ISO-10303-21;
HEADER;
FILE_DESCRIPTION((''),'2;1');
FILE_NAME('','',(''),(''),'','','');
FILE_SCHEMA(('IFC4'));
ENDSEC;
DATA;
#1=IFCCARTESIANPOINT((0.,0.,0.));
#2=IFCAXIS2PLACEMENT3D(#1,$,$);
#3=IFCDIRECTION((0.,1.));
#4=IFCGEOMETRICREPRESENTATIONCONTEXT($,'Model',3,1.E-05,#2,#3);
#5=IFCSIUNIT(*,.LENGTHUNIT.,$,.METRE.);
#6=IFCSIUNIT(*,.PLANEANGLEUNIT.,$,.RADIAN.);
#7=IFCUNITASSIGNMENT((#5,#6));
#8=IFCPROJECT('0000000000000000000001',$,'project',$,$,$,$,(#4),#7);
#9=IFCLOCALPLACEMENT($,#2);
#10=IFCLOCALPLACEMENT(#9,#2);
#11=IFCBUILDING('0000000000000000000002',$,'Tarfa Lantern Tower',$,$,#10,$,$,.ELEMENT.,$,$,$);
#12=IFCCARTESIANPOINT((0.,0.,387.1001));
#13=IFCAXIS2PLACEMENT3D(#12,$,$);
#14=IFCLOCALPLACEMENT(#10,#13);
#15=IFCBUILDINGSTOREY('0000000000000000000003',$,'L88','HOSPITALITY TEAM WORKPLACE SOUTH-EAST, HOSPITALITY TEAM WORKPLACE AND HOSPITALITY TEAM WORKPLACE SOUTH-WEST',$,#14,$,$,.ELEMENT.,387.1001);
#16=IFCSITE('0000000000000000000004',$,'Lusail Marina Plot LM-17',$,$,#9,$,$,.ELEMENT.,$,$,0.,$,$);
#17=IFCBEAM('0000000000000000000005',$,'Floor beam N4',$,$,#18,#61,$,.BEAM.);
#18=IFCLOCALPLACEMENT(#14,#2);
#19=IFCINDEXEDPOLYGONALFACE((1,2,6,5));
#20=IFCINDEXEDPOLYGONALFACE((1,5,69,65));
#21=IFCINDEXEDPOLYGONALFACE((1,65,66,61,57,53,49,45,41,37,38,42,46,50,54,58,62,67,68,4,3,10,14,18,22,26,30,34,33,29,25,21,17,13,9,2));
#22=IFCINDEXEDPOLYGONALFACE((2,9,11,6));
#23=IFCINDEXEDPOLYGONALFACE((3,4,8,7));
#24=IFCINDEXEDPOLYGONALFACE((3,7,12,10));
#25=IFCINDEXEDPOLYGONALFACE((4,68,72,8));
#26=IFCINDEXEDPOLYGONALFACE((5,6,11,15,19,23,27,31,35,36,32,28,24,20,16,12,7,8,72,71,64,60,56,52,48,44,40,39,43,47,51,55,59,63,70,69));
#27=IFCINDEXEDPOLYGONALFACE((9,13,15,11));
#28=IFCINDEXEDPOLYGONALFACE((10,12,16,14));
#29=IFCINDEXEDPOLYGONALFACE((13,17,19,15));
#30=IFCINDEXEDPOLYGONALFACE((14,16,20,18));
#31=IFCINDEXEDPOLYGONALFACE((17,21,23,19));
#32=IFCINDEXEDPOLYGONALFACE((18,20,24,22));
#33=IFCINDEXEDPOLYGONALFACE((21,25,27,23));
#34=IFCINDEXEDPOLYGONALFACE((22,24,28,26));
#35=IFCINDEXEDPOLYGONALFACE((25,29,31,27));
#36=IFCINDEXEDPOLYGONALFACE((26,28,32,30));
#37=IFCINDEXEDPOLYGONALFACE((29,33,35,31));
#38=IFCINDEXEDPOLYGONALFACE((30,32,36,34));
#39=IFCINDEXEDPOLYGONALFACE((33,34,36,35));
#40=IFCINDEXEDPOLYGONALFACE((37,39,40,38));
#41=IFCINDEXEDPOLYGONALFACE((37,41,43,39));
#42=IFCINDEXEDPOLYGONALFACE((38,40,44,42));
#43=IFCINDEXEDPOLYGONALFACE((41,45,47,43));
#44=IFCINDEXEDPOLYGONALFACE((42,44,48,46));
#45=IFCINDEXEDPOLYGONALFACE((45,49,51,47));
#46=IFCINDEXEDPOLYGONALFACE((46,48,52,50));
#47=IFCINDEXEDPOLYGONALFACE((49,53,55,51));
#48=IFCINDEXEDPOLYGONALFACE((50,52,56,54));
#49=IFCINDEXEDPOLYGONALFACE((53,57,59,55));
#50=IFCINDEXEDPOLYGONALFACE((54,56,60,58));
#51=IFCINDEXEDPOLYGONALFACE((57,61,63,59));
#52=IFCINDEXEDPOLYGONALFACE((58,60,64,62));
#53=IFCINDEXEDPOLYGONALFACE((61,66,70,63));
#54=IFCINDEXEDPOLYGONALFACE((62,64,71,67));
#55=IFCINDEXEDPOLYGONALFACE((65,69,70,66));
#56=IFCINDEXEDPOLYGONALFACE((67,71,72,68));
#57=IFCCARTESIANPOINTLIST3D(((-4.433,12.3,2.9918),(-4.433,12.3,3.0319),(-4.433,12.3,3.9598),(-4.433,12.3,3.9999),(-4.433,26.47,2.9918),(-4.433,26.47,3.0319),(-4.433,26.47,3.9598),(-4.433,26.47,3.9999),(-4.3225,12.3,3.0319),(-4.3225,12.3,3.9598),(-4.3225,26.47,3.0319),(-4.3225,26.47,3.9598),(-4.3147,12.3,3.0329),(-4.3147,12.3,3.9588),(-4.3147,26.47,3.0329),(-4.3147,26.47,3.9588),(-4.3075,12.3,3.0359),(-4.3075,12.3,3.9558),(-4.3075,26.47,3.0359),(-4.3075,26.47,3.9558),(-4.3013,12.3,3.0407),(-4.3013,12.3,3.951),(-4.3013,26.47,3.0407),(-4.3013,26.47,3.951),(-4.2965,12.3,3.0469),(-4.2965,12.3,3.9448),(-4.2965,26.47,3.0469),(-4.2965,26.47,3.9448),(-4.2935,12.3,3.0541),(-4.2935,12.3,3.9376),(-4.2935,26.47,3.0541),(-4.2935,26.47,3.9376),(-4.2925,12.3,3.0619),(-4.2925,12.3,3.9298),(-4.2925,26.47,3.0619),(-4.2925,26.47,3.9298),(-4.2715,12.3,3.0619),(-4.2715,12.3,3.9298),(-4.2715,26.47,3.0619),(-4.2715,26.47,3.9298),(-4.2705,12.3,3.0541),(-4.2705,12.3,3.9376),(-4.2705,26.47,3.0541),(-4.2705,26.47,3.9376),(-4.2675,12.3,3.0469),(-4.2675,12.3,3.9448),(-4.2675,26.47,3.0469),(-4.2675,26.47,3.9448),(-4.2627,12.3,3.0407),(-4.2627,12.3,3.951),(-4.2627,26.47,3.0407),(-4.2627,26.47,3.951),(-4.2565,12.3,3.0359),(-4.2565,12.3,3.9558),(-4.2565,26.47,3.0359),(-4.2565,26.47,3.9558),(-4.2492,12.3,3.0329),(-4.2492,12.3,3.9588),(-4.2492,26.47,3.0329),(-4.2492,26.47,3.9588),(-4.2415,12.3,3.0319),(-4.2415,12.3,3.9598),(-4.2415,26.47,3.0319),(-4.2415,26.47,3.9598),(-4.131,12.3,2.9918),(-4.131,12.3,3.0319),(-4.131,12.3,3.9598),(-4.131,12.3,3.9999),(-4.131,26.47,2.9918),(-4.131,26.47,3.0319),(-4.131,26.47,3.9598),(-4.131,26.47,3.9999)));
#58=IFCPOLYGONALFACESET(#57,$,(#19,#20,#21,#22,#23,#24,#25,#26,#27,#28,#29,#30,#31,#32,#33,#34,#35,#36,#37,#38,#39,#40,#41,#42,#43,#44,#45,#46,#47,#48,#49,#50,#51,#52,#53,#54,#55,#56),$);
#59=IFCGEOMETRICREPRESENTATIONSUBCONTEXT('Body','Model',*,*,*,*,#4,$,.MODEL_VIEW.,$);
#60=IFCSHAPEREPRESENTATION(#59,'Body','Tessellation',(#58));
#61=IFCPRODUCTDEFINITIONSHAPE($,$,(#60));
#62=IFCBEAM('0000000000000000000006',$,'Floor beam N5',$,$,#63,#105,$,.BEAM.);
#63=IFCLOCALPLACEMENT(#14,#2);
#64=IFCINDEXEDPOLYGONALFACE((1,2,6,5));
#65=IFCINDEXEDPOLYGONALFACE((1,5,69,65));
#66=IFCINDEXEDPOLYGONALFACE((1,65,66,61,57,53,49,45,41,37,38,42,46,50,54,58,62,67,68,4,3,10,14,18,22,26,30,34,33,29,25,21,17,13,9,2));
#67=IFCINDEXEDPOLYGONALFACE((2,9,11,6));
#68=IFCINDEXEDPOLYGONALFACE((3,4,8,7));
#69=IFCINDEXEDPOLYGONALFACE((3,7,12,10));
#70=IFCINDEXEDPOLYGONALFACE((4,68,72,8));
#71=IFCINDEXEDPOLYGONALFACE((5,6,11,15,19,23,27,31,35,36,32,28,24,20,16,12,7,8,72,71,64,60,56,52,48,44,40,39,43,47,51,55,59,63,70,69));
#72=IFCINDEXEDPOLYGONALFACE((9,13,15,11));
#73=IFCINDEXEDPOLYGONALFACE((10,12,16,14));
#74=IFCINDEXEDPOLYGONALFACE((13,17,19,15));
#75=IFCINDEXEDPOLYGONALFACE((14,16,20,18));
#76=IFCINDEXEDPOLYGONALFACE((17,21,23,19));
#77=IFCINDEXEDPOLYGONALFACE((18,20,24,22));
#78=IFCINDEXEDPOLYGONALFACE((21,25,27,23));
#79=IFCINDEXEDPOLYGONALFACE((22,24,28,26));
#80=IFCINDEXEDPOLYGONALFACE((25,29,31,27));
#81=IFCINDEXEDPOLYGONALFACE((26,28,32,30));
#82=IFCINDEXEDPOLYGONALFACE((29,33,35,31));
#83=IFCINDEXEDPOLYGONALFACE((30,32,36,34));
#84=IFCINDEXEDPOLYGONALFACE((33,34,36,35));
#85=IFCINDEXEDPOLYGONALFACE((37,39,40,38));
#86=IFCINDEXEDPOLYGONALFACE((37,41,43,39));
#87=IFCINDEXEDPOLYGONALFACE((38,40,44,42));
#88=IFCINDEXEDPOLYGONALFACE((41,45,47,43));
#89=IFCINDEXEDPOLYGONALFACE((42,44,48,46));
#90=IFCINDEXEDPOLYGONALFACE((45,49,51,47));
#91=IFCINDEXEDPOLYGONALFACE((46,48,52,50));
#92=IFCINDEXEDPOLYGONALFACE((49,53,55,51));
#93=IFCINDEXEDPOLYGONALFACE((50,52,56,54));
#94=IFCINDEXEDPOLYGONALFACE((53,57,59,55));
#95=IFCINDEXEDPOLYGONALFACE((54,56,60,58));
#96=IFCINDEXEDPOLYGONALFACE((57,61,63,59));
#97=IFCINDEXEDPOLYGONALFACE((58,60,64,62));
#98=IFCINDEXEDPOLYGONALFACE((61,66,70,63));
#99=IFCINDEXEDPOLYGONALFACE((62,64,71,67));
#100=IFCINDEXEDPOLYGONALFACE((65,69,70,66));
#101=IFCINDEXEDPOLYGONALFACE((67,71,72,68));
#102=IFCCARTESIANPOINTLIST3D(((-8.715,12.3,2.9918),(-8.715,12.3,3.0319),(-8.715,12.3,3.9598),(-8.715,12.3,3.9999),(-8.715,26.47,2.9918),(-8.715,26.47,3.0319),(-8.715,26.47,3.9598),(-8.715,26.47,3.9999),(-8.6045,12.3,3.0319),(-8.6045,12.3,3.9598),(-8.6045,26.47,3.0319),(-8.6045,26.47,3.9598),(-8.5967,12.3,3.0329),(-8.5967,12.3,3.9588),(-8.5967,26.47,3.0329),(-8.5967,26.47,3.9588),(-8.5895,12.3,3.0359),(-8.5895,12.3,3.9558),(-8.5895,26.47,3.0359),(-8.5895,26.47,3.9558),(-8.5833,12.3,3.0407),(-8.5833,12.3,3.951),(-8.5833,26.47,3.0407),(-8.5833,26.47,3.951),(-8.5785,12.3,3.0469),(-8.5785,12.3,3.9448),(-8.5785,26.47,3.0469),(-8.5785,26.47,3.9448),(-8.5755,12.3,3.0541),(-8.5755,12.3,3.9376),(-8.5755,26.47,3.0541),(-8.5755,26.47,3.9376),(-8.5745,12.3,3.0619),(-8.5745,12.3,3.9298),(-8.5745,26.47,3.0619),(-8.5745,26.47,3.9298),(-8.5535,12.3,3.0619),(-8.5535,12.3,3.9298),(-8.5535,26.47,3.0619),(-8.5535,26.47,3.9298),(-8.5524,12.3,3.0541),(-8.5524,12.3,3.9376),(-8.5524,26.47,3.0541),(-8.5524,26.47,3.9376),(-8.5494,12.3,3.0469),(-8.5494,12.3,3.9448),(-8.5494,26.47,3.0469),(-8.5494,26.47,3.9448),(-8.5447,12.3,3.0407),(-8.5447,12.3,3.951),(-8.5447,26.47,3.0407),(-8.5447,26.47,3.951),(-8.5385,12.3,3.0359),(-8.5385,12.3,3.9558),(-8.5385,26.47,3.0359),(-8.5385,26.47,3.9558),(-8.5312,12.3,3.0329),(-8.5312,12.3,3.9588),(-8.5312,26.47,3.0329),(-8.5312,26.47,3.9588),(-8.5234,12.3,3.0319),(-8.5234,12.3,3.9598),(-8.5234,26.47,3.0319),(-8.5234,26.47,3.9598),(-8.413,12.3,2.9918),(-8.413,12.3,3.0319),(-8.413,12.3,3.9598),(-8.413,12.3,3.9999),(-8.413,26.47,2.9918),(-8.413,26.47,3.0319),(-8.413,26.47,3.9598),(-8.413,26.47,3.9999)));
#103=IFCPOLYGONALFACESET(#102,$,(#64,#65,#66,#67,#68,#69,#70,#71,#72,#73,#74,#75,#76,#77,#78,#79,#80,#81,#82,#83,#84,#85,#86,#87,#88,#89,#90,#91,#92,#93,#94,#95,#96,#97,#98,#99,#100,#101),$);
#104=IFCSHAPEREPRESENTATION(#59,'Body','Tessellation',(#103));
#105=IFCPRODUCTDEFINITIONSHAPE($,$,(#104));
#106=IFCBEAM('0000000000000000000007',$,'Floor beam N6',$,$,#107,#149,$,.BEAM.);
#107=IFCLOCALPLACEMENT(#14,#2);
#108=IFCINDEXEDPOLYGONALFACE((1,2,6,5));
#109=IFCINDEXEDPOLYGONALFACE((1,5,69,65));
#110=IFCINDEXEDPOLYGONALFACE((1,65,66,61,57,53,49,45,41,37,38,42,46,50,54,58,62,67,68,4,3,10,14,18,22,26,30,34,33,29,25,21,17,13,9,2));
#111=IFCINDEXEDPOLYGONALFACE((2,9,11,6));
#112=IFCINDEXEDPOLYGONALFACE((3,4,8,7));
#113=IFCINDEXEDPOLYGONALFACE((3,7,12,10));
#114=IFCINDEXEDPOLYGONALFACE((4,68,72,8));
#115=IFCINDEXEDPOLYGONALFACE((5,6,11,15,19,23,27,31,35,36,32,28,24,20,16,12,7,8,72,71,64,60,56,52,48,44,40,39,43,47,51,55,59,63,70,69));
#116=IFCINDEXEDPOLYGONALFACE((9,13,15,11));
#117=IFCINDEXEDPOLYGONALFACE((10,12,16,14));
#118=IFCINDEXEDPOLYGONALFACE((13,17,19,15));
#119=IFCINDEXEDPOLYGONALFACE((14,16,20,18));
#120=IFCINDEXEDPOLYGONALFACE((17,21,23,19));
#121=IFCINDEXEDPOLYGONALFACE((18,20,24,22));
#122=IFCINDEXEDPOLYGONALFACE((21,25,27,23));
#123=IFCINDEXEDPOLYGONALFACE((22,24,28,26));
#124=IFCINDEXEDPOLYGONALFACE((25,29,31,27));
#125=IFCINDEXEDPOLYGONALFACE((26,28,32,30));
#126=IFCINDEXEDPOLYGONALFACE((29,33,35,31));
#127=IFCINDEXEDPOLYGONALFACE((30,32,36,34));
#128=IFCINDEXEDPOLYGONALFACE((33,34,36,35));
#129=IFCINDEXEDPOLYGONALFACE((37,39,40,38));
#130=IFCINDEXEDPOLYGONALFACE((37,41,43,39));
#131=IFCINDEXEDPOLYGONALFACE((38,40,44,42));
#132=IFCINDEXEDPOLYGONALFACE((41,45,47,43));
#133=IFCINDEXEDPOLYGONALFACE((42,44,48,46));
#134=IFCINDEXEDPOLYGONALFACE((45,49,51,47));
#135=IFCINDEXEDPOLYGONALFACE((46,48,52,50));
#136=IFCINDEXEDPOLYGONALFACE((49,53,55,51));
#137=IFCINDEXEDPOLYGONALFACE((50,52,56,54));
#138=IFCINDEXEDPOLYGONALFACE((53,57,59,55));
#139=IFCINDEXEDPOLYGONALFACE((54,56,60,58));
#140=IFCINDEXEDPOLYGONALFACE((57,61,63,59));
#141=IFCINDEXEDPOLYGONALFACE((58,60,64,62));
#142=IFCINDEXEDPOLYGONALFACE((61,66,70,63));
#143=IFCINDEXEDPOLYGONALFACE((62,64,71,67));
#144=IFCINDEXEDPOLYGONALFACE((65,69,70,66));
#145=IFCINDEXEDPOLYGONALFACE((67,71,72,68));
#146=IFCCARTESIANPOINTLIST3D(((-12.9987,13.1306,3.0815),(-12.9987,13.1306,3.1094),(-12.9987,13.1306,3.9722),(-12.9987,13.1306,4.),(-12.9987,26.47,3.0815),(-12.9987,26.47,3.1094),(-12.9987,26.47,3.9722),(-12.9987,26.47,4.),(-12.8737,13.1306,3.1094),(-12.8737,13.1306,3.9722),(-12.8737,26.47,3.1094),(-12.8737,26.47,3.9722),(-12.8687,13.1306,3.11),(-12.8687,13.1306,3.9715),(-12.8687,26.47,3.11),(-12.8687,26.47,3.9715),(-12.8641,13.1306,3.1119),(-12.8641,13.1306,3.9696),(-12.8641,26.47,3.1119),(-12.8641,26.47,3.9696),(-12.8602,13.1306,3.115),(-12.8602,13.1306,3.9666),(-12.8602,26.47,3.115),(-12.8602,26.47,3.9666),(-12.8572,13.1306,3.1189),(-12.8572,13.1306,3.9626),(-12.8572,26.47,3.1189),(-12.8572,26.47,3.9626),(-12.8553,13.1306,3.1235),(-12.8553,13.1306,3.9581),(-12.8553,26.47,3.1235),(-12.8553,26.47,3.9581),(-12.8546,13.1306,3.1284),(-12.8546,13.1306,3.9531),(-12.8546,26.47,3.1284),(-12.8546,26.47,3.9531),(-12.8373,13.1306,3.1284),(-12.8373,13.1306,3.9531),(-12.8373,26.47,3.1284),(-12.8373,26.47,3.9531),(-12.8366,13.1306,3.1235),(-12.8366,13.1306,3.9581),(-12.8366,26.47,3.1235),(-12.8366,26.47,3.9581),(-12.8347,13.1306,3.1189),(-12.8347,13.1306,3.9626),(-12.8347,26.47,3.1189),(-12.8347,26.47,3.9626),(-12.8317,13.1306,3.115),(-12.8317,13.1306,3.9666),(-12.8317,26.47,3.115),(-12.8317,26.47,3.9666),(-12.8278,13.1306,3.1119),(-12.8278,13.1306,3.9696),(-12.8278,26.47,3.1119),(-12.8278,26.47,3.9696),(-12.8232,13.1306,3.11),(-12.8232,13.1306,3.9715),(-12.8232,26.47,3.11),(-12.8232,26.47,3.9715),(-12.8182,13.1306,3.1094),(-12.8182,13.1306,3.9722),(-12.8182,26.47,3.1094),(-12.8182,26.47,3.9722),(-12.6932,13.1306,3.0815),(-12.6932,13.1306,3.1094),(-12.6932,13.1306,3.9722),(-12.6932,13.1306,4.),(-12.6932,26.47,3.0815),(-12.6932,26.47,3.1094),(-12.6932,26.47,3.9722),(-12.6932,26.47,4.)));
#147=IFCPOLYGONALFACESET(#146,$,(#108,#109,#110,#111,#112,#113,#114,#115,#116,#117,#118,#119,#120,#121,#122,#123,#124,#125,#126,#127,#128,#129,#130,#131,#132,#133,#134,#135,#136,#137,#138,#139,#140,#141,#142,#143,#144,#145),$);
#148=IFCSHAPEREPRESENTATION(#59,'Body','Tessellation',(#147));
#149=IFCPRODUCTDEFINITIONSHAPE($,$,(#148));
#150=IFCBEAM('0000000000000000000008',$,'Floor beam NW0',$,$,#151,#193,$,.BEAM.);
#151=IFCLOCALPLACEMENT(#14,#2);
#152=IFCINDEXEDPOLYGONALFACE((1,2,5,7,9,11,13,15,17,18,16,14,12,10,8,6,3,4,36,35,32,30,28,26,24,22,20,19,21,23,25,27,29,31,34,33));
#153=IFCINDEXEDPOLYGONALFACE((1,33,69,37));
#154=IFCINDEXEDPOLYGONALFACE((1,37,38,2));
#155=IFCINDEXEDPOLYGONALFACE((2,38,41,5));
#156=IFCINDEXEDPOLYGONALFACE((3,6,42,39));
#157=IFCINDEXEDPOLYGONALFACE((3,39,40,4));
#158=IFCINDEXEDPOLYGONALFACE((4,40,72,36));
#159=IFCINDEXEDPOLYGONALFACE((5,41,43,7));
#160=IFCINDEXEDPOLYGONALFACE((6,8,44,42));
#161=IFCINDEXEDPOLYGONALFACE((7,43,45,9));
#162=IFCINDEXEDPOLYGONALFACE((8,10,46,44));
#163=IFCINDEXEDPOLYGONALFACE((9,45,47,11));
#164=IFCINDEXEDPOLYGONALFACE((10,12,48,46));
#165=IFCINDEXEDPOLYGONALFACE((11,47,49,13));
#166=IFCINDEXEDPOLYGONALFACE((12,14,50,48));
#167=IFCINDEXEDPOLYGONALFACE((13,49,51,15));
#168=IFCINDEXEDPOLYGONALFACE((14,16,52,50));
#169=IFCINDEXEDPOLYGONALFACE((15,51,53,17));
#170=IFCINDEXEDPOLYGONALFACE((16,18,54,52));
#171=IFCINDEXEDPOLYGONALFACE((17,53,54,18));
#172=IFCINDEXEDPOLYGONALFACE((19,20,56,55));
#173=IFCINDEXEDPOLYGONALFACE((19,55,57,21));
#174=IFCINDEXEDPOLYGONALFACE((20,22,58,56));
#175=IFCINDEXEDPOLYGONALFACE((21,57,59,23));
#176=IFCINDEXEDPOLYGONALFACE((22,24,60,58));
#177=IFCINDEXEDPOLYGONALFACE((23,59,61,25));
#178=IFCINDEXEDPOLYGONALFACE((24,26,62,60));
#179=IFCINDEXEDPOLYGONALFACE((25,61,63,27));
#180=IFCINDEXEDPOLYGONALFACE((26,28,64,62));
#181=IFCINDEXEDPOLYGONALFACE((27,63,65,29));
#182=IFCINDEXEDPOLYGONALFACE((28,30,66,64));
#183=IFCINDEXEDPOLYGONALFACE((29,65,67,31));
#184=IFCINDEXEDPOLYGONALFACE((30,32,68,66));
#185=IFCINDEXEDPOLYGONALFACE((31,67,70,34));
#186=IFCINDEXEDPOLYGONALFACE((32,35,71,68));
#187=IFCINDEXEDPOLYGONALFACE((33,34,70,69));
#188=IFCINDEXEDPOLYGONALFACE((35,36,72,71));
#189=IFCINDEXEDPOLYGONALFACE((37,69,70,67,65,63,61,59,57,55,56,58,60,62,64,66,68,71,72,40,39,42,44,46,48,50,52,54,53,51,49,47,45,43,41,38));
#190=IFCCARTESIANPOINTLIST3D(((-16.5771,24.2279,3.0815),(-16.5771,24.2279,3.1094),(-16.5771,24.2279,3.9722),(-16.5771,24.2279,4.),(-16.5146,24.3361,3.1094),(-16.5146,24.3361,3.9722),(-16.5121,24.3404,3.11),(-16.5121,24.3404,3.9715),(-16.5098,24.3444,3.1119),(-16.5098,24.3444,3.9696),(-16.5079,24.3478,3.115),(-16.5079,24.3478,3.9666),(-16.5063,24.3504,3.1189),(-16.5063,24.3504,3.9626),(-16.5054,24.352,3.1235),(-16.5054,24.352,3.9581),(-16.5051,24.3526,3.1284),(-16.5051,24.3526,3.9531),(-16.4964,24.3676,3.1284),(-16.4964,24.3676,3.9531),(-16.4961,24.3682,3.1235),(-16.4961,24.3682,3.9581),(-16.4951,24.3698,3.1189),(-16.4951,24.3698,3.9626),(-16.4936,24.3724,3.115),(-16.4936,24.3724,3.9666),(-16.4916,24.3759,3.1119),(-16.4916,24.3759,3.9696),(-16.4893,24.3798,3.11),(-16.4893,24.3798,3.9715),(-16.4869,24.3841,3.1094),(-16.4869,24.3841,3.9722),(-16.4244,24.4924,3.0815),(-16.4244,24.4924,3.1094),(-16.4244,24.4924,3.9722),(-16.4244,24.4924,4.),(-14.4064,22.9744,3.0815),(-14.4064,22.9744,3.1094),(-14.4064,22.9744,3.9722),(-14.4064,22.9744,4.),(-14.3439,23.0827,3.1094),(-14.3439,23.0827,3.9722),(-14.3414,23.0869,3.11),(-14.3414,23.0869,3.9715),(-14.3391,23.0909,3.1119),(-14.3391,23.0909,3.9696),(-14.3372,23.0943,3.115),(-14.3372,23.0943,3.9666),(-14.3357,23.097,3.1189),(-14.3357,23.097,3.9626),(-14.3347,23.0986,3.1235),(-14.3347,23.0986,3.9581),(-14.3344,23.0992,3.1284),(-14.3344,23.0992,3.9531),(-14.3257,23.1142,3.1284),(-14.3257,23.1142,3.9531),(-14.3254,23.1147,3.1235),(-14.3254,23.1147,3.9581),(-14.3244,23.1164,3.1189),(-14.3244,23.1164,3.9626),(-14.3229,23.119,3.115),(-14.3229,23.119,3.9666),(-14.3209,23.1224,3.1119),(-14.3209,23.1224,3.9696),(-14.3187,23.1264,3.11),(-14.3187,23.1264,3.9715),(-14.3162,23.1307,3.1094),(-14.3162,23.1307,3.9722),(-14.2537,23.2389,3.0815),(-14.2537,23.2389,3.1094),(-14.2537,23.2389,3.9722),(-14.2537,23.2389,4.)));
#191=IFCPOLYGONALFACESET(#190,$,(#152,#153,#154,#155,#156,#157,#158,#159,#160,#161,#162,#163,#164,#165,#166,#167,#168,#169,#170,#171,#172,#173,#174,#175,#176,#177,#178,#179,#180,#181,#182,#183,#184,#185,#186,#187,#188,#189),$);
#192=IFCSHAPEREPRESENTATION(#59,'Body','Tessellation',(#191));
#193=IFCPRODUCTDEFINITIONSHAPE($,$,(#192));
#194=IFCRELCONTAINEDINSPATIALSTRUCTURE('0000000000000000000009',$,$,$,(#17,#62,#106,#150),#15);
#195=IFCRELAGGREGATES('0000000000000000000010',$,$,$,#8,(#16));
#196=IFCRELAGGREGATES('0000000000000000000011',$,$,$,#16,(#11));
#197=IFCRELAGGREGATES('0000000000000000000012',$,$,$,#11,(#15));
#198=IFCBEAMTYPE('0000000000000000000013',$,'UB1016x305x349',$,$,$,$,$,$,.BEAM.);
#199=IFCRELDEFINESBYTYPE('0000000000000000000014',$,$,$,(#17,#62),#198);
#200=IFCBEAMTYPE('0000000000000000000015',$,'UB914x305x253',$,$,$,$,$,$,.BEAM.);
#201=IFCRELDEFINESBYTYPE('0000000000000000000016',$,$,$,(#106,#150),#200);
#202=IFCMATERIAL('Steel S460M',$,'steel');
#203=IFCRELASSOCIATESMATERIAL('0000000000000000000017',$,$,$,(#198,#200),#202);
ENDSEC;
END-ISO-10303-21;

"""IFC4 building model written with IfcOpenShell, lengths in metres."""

from ifc_helpers import new_model, si_unit, direction, frame, origin, origin_2d, place, context, subcontext, project, spatial, i_section, extrude, material, material_profile, profile_set, type_object, element, save


model = new_model("IFC4")

# Units and contexts
model_context = context("Model", 3, precision=1e-05, world=origin(), true_north=direction((0.0, 1.0)))
body_context = subcontext(model_context, "Body", "Model", "MODEL_VIEW")
ifc_project = project(units=[si_unit("LENGTHUNIT", "METRE"), si_unit("PLANEANGLEUNIT", "RADIAN")], contexts=[model_context])

# Site, building, storey
site_placement = place(None, origin())
site = spatial("IfcSite", under=ifc_project, at=site_placement, Name="Lusail Marina Plot LM-17", CompositionType="ELEMENT", RefElevation=0.0)
building_placement = place(site_placement, origin())
building = spatial("IfcBuilding", under=site, at=building_placement, Name="Tarfa Lantern Tower", CompositionType="ELEMENT")
storey_placement = place(building_placement, frame((0.0, 0.0, 387.1001)))
storey = spatial("IfcBuildingStorey", under=building, at=storey_placement, Name="L88", Description="HOSPITALITY TEAM WORKPLACE SOUTH-EAST, HOSPITALITY TEAM WORKPLACE AND HOSPITALITY TEAM WORKPLACE SOUTH-WEST", CompositionType="ELEMENT", Elevation=387.1001)

# Beams
ifc_material_1 = material(Name="Steel S460M", Category="steel")
ifc_material_profile_1 = material_profile(ifc_material_1, i_section(OverallWidth=0.302, OverallDepth=1.0081, WebThickness=0.021, FlangeThickness=0.04, FilletRadius=0.03, at=origin_2d()), Name="UB1016x305x349")
ifc_profile_set_1 = profile_set([ifc_material_profile_1], Name="Steel S460M")
beam_type_1 = type_object("IfcBeamType", Name="UB1016x305x349", PredefinedType="BEAM", material=ifc_profile_set_1)
for number, where, z_axis, x_axis, name in (
    (1, (-4.282, 26.47, 3.4958), (0.0, -1.0, 0.0), (1.0, 0.0, 0.0), "Floor beam N4"),
    (2, (-8.564, 26.47, 3.4958), (0.0, -1.0, 0.0), (1.0, 0.0, 0.0), "Floor beam N5"),
):
    element("IfcBeam", number, at=place(storey_placement, frame(where, z_axis=z_axis, x_axis=x_axis)), inside=storey, type_object=beam_type_1, Name=name, PredefinedType="BEAM", context=body_context, shape_type="SweptSolid", body=[
        extrude(i_section(OverallWidth=0.302, OverallDepth=1.0081, WebThickness=0.021, FlangeThickness=0.04, FilletRadius=0.03, at=origin_2d()), origin(), (0.0, 0.0, 1.0), 14.1699),
    ])
ifc_material_profile_2 = material_profile(ifc_material_1, i_section(OverallWidth=0.3054, OverallDepth=0.9185, WebThickness=0.0173, FlangeThickness=0.0278, FilletRadius=0.019, at=origin_2d()), Name="UB914x305x253")
ifc_profile_set_2 = profile_set([ifc_material_profile_2], Name="Steel S460M")
beam_type_2 = type_object("IfcBeamType", Name="UB914x305x253", PredefinedType="BEAM", material=ifc_profile_set_2)
beam_1_placement = place(storey_placement, frame((-12.8459, 26.47, 3.5408), z_axis=(0.0, -1.0, 0.0), x_axis=(1.0, 0.0, 0.0)))
element("IfcBeam", 3, at=beam_1_placement, inside=storey, type_object=beam_type_2, Name="Floor beam N6", PredefinedType="BEAM", context=body_context, shape_type="SweptSolid", body=[
    extrude(i_section(OverallWidth=0.3054, OverallDepth=0.9185, WebThickness=0.0173, FlangeThickness=0.0278, FilletRadius=0.019, at=origin_2d()), origin(), (0.0, 0.0, 1.0), 13.3394),
])
beam_2_placement = place(storey_placement, frame((-16.5007, 24.3601, 3.5408), z_axis=(0.865993, -0.500057, 0.0), x_axis=(0.500057, 0.865993, 0.0)))
element("IfcBeam", 4, at=beam_2_placement, inside=storey, type_object=beam_type_2, Name="Floor beam NW0", PredefinedType="BEAM", context=body_context, shape_type="SweptSolid", body=[
    extrude(i_section(OverallWidth=0.3054, OverallDepth=0.9185, WebThickness=0.0173, FlangeThickness=0.0278, FilletRadius=0.019, at=origin_2d()), origin(), (0.0, 0.0, 1.0), 2.5066),
])

save(model, "model.ifc")
